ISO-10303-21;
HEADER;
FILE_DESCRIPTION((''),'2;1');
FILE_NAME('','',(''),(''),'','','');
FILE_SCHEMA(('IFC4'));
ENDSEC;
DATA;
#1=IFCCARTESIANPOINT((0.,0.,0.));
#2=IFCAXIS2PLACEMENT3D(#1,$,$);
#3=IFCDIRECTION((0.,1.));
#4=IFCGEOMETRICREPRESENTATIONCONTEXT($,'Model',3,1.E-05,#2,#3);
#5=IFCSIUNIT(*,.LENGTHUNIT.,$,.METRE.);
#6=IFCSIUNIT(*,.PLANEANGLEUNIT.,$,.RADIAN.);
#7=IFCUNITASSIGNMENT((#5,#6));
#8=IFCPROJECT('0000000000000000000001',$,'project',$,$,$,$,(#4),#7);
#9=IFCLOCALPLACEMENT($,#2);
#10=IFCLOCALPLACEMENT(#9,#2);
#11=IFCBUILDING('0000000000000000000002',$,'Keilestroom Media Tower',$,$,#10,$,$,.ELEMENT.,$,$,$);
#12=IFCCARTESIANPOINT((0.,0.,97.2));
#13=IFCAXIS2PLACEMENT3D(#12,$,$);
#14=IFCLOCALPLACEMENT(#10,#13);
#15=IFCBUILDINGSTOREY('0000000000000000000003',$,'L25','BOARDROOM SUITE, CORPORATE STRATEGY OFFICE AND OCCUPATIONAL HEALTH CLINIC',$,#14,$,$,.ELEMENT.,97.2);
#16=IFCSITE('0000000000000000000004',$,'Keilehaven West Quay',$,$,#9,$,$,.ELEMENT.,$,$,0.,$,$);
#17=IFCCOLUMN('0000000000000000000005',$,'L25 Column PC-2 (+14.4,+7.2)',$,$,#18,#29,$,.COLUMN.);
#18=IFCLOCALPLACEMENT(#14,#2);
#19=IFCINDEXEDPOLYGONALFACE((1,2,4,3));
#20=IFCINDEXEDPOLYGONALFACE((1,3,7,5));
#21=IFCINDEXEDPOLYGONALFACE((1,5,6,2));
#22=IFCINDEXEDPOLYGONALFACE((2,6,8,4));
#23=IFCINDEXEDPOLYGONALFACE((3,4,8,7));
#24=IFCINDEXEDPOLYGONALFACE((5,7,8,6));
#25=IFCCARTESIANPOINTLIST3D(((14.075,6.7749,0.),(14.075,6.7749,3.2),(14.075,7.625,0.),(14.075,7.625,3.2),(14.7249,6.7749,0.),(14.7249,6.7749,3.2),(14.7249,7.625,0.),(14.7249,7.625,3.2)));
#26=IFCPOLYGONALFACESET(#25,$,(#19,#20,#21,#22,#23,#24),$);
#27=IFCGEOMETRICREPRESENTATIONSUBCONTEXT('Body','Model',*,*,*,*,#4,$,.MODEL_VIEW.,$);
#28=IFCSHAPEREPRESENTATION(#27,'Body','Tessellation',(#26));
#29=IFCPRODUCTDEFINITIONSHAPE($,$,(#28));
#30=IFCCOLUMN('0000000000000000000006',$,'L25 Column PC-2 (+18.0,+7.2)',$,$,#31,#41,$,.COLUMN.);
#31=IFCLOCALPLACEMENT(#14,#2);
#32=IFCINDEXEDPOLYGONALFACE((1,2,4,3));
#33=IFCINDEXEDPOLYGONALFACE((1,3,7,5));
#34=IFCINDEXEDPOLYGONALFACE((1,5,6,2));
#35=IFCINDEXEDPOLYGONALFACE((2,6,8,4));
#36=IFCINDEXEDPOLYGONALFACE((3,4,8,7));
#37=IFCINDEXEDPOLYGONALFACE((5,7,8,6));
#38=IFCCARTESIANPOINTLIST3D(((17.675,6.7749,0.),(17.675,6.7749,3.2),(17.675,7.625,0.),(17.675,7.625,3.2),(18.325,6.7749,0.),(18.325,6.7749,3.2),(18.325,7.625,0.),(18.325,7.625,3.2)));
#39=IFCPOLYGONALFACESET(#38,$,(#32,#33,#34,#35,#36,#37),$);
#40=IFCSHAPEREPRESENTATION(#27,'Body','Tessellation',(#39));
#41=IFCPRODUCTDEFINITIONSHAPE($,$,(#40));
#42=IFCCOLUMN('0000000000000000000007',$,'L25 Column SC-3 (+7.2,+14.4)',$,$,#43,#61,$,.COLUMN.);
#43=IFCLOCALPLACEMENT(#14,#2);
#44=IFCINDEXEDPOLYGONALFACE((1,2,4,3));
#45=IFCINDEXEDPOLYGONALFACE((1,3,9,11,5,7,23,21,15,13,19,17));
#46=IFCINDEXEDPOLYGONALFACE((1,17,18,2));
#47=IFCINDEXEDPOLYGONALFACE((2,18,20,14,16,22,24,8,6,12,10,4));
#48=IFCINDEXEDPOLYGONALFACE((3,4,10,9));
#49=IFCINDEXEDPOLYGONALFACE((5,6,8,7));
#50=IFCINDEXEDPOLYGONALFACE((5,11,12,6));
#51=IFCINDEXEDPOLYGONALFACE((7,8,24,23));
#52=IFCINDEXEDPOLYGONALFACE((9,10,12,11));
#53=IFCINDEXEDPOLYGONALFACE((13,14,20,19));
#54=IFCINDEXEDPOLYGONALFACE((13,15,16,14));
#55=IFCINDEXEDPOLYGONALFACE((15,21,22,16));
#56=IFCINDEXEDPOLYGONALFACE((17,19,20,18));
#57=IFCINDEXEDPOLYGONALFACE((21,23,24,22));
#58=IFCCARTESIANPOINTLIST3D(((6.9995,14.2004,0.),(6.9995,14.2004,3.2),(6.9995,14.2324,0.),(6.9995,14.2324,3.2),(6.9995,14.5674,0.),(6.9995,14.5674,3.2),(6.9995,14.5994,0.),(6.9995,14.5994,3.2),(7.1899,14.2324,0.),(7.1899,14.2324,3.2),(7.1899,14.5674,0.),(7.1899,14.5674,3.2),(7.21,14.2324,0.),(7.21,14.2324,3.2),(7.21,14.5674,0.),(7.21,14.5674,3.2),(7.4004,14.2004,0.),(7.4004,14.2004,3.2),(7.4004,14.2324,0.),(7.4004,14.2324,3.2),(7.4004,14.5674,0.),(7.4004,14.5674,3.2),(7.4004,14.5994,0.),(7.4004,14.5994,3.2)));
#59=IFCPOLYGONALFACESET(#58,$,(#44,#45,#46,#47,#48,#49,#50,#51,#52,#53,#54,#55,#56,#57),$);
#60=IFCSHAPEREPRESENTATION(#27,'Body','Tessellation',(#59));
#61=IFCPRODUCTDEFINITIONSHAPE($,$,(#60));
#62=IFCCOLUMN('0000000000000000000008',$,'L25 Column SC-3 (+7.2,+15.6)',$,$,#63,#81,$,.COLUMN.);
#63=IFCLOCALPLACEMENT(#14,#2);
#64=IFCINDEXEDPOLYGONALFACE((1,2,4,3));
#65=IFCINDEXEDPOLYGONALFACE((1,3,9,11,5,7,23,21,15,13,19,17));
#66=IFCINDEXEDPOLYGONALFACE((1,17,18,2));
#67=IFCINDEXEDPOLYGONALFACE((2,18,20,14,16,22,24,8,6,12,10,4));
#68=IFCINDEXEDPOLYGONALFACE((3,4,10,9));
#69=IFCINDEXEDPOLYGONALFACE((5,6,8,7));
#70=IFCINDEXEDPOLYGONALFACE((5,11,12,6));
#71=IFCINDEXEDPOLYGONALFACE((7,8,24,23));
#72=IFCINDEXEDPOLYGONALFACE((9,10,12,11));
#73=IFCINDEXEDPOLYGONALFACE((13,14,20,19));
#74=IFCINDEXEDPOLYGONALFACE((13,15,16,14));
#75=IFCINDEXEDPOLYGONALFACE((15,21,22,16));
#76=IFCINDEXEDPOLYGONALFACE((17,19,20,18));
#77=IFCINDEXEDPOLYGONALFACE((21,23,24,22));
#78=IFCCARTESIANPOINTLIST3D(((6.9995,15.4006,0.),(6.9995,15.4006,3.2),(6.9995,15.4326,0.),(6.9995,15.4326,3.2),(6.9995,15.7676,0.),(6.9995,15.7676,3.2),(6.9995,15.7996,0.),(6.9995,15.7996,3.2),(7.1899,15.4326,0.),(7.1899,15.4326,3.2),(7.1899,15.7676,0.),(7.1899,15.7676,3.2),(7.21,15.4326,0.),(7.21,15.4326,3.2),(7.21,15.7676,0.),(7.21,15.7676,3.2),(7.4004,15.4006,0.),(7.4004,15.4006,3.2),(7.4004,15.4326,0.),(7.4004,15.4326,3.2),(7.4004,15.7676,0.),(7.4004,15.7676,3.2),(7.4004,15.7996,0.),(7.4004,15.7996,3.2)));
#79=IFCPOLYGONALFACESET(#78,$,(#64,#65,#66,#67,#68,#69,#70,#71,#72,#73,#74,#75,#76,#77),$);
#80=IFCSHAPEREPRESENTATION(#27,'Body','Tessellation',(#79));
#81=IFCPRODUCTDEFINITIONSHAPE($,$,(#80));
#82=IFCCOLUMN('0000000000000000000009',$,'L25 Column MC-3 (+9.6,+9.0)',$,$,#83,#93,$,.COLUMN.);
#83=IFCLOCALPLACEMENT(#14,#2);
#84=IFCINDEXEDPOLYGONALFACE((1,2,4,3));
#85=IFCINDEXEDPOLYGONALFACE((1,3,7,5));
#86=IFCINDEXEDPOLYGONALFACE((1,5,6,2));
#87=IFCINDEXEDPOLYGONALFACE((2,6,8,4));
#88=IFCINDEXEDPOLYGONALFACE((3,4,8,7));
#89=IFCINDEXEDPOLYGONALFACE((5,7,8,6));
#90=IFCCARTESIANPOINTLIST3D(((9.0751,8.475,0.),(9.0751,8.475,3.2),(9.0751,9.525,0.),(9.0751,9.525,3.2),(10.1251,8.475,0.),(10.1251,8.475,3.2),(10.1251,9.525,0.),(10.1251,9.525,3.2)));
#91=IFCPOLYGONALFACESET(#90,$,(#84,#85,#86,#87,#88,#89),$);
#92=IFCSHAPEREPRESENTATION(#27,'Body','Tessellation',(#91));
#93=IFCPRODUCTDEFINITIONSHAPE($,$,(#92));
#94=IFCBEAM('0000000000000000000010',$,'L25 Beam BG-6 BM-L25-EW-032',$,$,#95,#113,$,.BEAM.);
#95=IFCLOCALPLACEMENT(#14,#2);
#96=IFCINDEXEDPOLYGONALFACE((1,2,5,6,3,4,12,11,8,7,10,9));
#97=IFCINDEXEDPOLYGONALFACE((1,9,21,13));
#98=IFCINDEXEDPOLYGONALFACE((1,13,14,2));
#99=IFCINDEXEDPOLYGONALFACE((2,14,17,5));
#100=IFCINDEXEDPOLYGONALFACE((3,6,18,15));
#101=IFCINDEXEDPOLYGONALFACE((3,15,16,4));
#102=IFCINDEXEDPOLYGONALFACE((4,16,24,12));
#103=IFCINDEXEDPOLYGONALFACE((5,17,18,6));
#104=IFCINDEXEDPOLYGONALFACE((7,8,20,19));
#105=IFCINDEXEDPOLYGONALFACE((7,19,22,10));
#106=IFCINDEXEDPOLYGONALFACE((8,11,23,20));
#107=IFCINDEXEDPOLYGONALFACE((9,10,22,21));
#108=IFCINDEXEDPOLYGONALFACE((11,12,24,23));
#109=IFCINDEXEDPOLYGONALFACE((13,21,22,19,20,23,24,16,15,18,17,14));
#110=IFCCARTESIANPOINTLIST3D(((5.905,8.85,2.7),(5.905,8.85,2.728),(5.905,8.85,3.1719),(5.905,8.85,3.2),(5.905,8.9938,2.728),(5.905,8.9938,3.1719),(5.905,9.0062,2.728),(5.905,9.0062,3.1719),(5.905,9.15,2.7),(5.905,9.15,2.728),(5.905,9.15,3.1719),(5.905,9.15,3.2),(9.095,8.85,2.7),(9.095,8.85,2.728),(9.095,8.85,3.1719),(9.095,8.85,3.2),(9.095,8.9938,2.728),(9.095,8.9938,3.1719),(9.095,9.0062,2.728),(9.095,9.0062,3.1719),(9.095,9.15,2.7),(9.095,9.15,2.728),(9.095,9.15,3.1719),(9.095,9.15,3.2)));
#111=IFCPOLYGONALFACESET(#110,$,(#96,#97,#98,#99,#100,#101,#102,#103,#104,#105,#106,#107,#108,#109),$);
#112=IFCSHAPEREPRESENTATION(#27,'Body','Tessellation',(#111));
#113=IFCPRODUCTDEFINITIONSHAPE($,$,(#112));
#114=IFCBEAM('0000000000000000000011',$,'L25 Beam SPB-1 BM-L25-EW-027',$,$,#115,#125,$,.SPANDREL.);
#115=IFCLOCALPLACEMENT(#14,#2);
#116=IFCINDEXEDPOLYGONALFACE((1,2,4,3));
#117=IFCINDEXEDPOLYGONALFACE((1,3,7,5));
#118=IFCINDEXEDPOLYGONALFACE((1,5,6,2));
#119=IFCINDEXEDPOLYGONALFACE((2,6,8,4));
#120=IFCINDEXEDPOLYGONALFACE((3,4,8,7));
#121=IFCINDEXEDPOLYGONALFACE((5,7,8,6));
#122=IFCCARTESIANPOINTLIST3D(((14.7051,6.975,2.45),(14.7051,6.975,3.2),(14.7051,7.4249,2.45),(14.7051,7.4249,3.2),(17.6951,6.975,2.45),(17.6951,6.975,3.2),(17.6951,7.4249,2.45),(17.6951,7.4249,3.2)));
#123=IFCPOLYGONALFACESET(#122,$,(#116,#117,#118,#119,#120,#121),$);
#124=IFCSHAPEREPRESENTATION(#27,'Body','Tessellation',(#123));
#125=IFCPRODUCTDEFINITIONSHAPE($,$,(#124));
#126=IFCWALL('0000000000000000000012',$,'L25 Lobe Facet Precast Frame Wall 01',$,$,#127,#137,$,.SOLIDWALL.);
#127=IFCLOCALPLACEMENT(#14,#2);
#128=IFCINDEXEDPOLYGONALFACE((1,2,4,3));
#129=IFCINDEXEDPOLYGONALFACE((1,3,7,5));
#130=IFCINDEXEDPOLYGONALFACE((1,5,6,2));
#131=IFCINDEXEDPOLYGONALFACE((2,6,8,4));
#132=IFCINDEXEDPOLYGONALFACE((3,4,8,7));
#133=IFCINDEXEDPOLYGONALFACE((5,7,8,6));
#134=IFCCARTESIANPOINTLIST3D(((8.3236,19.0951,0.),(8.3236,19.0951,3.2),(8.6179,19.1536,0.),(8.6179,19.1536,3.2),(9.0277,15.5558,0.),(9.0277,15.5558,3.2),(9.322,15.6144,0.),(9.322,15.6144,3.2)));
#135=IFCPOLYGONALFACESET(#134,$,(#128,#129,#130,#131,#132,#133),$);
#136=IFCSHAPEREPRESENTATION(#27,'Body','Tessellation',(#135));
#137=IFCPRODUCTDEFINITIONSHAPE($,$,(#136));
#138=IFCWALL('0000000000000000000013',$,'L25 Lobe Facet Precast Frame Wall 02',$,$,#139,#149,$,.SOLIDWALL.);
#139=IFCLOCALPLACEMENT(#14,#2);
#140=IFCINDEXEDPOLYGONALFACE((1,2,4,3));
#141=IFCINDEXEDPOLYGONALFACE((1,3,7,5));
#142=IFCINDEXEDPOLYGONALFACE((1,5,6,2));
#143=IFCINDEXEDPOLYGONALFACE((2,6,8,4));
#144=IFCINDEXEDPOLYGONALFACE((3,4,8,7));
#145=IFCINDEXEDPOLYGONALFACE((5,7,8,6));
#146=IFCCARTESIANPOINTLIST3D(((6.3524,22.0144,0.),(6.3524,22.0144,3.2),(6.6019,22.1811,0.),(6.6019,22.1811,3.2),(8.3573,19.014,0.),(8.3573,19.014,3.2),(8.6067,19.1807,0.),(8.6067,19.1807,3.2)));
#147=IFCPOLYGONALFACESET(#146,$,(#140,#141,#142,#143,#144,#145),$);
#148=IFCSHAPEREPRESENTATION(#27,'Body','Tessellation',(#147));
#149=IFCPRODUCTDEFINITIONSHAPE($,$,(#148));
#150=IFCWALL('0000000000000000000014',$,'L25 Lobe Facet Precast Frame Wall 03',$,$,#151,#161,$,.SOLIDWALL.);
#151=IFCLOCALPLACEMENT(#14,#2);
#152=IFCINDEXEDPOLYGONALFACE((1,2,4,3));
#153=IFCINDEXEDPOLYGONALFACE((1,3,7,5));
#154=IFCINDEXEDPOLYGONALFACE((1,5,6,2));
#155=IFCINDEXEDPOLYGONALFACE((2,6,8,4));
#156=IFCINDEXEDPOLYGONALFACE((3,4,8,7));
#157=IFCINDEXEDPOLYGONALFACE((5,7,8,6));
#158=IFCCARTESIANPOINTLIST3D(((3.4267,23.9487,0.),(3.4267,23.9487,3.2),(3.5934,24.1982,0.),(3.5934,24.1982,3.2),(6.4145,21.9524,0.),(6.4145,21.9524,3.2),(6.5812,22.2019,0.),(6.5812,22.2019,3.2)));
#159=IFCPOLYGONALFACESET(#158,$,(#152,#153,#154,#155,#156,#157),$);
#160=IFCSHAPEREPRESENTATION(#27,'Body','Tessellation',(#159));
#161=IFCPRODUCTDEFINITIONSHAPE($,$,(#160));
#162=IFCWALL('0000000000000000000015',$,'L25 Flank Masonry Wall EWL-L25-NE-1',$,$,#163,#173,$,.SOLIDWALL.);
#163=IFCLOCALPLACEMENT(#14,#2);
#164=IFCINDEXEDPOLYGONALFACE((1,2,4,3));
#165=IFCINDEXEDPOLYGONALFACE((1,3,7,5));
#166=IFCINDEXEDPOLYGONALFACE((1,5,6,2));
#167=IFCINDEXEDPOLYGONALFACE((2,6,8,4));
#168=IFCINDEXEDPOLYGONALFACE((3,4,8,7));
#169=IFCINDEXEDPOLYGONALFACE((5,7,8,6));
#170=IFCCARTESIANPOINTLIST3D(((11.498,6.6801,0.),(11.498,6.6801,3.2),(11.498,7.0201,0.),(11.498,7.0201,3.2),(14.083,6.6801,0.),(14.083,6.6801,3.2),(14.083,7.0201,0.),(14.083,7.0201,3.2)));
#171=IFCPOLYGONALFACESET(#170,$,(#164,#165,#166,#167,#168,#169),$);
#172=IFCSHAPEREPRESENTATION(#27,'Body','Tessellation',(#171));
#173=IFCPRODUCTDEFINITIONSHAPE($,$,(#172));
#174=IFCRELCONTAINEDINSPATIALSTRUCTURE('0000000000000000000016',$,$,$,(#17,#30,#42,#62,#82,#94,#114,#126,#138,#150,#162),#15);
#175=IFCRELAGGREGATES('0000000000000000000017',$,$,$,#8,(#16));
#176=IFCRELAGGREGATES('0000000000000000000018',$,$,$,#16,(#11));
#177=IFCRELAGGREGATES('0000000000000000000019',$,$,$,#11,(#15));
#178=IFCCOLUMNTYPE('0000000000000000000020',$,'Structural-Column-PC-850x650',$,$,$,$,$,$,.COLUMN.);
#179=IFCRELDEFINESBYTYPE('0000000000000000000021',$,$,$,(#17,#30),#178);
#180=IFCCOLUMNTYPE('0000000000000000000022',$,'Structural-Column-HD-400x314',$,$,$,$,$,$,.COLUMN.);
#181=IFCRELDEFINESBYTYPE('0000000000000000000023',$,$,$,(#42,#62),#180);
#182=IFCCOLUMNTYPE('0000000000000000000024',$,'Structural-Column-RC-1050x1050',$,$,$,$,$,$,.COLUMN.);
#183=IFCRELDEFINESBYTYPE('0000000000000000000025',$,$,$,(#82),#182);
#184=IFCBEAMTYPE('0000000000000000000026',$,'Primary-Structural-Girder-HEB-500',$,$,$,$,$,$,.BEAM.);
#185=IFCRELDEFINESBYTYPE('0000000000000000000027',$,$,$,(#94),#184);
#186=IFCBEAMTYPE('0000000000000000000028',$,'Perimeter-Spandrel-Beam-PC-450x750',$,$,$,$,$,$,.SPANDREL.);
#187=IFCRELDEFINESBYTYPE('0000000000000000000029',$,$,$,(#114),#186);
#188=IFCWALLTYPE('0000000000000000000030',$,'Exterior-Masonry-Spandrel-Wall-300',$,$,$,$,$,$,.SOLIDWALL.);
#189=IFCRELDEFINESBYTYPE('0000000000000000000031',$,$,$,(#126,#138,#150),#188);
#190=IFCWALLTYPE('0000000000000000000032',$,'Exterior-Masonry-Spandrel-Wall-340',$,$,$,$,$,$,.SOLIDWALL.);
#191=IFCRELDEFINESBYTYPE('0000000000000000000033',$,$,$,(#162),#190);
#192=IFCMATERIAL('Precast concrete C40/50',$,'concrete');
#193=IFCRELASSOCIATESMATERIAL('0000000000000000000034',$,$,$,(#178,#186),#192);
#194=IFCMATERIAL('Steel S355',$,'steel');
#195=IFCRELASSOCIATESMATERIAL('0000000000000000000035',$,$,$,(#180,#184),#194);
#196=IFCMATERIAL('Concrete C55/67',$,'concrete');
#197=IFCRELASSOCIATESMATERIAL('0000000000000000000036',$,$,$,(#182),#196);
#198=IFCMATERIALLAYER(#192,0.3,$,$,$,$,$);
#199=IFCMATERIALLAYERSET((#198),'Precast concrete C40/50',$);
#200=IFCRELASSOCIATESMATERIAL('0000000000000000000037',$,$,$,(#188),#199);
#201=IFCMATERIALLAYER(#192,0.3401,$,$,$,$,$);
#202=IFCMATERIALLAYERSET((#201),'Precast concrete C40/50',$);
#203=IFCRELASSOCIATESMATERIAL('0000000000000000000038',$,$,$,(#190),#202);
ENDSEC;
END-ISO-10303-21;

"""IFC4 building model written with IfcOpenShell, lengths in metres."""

from ifc_helpers import new_model, si_unit, direction, frame, frame_2d, origin, origin_2d, place, context, subcontext, project, spatial, rectangle, i_section, extrude, source, transform, mapped, material, layer, layer_set, material_profile, profile_set, type_object, element, save


model = new_model("IFC4")

# Units and contexts
model_context = context("Model", 3, precision=1e-05, world=origin(), true_north=direction((0.0, 1.0)))
body_context = subcontext(model_context, "Body", "Model", "MODEL_VIEW")
ifc_project = project(units=[si_unit("LENGTHUNIT", "METRE"), si_unit("PLANEANGLEUNIT", "RADIAN")], contexts=[model_context])

# Site, building, storey
site_placement = place(None, origin())
site = spatial("IfcSite", under=ifc_project, at=site_placement, Name="Keilehaven West Quay", CompositionType="ELEMENT", RefElevation=0.0)
building_placement = place(site_placement, origin())
building = spatial("IfcBuilding", under=site, at=building_placement, Name="Keilestroom Media Tower", CompositionType="ELEMENT")
storey_placement = place(building_placement, frame((0.0, 0.0, 97.2)))
storey = spatial("IfcBuildingStorey", under=building, at=storey_placement, Name="L25", Description="BOARDROOM SUITE, CORPORATE STRATEGY OFFICE AND OCCUPATIONAL HEALTH CLINIC", CompositionType="ELEMENT", Elevation=97.2)

# Columns
ifc_material_1 = material(Name="Precast concrete C40/50", Category="concrete")
ifc_material_profile_1 = material_profile(ifc_material_1, rectangle(XDim=0.6499, YDim=0.8501, at=origin_2d()), Name="PC 850x650")
ifc_profile_set_1 = profile_set([ifc_material_profile_1], Name="Precast concrete C40/50")
column_type_1 = type_object("IfcColumnType", Name="Structural-Column-PC-850x650", PredefinedType="COLUMN", material=ifc_profile_set_1)
shared_shape_1 = source(origin(), body_context, "Body", "SweptSolid", [
    extrude(rectangle(XDim=0.6499, YDim=0.8501, at=origin_2d()), origin(), (0.0, 0.0, 1.0), 3.2),
])
for number, where, z_axis, x_axis, name in (
    (1, (14.3999, 7.2, 0.0), (0.0, 0.0, 1.0), (1.0, 0.0, 0.0), "L25 Column PC-2 (+14.4,+7.2)"),
    (2, (18.0, 7.2, 0.0), (0.0, 0.0, 1.0), (1.0, 0.0, 0.0), "L25 Column PC-2 (+18.0,+7.2)"),
):
    element("IfcColumn", number, at=place(storey_placement, frame(where, z_axis=z_axis, x_axis=x_axis)), inside=storey, type_object=column_type_1, Name=name, PredefinedType="COLUMN", context=body_context, shape_type="MappedRepresentation", body=[
        mapped(shared_shape_1, transform((0.0, 0.0, 0.0), x_axis=(1.0, 0.0, 0.0), y_axis=(0.0, 1.0, 0.0), z_axis=(0.0, 0.0, 1.0), scale=1.0)),
    ])
ifc_material_2 = material(Name="Steel S355", Category="steel")
ifc_material_profile_2 = material_profile(ifc_material_2, i_section(OverallWidth=0.4009, OverallDepth=0.3989, WebThickness=0.02, FlangeThickness=0.032, at=origin_2d()), Name="HD 400x314")
ifc_profile_set_2 = profile_set([ifc_material_profile_2], Name="Steel S355")
column_type_2 = type_object("IfcColumnType", Name="Structural-Column-HD-400x314", PredefinedType="COLUMN", material=ifc_profile_set_2)
shared_shape_2 = source(origin(), body_context, "Body", "SweptSolid", [
    extrude(i_section(OverallWidth=0.4009, OverallDepth=0.3989, WebThickness=0.02, FlangeThickness=0.032, at=origin_2d()), origin(), (0.0, 0.0, 1.0), 3.2),
])
for number, where, z_axis, x_axis, name in (
    (3, (7.2, 14.3999, 0.0), (0.0, 0.0, 1.0), (1.0, 0.0, 0.0), "L25 Column SC-3 (+7.2,+14.4)"),
    (4, (7.2, 15.6001, 0.0), (0.0, 0.0, 1.0), (1.0, 0.0, 0.0), "L25 Column SC-3 (+7.2,+15.6)"),
):
    element("IfcColumn", number, at=place(storey_placement, frame(where, z_axis=z_axis, x_axis=x_axis)), inside=storey, type_object=column_type_2, Name=name, PredefinedType="COLUMN", context=body_context, shape_type="MappedRepresentation", body=[
        mapped(shared_shape_2, transform((0.0, 0.0, 0.0), x_axis=(1.0, 0.0, 0.0), y_axis=(0.0, 1.0, 0.0), z_axis=(0.0, 0.0, 1.0), scale=1.0)),
    ])
ifc_material_3 = material(Name="Concrete C55/67", Category="concrete")
ifc_material_profile_3 = material_profile(ifc_material_3, rectangle(XDim=1.05, YDim=1.05, at=origin_2d()), Name="RC 1050x1050")
ifc_profile_set_3 = profile_set([ifc_material_profile_3], Name="Concrete C55/67")
column_type_3 = type_object("IfcColumnType", Name="Structural-Column-RC-1050x1050", PredefinedType="COLUMN", material=ifc_profile_set_3)
shared_shape_3 = source(origin(), body_context, "Body", "SweptSolid", [
    extrude(rectangle(XDim=1.05, YDim=1.05, at=origin_2d()), origin(), (0.0, 0.0, 1.0), 3.2),
])
column_placement = place(storey_placement, frame((9.6001, 9.0, 0.0), z_axis=(0.0, 0.0, 1.0), x_axis=(1.0, 0.0, 0.0)))
element("IfcColumn", 5, at=column_placement, inside=storey, type_object=column_type_3, Name="L25 Column MC-3 (+9.6,+9.0)", PredefinedType="COLUMN", context=body_context, shape_type="MappedRepresentation", body=[
    mapped(shared_shape_3, transform((0.0, 0.0, 0.0), x_axis=(1.0, 0.0, 0.0), y_axis=(0.0, 1.0, 0.0), z_axis=(0.0, 0.0, 1.0), scale=1.0)),
])

# Beams
ifc_material_profile_4 = material_profile(ifc_material_2, i_section(OverallWidth=0.3, OverallDepth=0.5, WebThickness=0.0125, FlangeThickness=0.0281, at=origin_2d()), Name="HEB 500")
ifc_profile_set_4 = profile_set([ifc_material_profile_4], Name="Steel S355")
beam_type_1 = type_object("IfcBeamType", Name="Primary-Structural-Girder-HEB-500", PredefinedType="BEAM", material=ifc_profile_set_4)
shared_shape_4 = source(origin(), body_context, "Body", "SweptSolid", [
    extrude(i_section(OverallWidth=0.3, OverallDepth=0.5, WebThickness=0.0125, FlangeThickness=0.0281, at=origin_2d()), origin(), (0.0, 0.0, 1.0), 3.1899),
])
beam_1_placement = place(storey_placement, frame((5.905, 9.0, 2.95), z_axis=(1.0, 0.0, 0.0), x_axis=(0.0, 1.0, 0.0)))
element("IfcBeam", 6, at=beam_1_placement, inside=storey, type_object=beam_type_1, Name="L25 Beam BG-6 BM-L25-EW-032", PredefinedType="BEAM", context=body_context, shape_type="MappedRepresentation", body=[
    mapped(shared_shape_4, transform((0.0, 0.0, 0.0), x_axis=(1.0, 0.0, 0.0), y_axis=(0.0, 1.0, 0.0), z_axis=(0.0, 0.0, 1.0), scale=1.0)),
])
ifc_material_profile_5 = material_profile(ifc_material_1, rectangle(XDim=0.45, YDim=0.75, at=origin_2d()), Name="PC 450x750")
ifc_profile_set_5 = profile_set([ifc_material_profile_5], Name="Precast concrete C40/50")
beam_type_2 = type_object("IfcBeamType", Name="Perimeter-Spandrel-Beam-PC-450x750", PredefinedType="SPANDREL", material=ifc_profile_set_5)
shared_shape_5 = source(origin(), body_context, "Body", "SweptSolid", [
    extrude(rectangle(XDim=0.45, YDim=0.75, at=origin_2d()), origin(), (0.0, 0.0, 1.0), 2.99),
])
beam_2_placement = place(storey_placement, frame((14.7051, 7.2, 2.825), z_axis=(1.0, 0.0, 0.0), x_axis=(0.0, 1.0, 0.0)))
element("IfcBeam", 7, at=beam_2_placement, inside=storey, type_object=beam_type_2, Name="L25 Beam SPB-1 BM-L25-EW-027", PredefinedType="SPANDREL", context=body_context, shape_type="MappedRepresentation", body=[
    mapped(shared_shape_5, transform((0.0, 0.0, 0.0), x_axis=(1.0, 0.0, 0.0), y_axis=(0.0, 1.0, 0.0), z_axis=(0.0, 0.0, 1.0), scale=1.0)),
])

# Walls
ifc_layer_1 = layer(ifc_material_1, 0.3)
ifc_layer_set_1 = layer_set([ifc_layer_1], Name="Precast concrete C40/50")
wall_type_1 = type_object("IfcWallType", Name="Exterior-Masonry-Spandrel-Wall-300", PredefinedType="SOLIDWALL", material=ifc_layer_set_1)
for number, where, z_axis, x_axis, name in (
    (8, (9.1748, 15.5852, 0.0), (0.0, 0.0, 1.0), (-0.195114, 0.980781, 0.0), "L25 Lobe Facet Precast Frame Wall 01"),
    (9, (8.4819, 19.0974, 0.0), (0.0, 0.0, 1.0), (-0.555574, 0.831467, 0.0), "L25 Lobe Facet Precast Frame Wall 02"),
):
    element("IfcWall", number, at=place(storey_placement, frame(where, z_axis=z_axis, x_axis=x_axis)), inside=storey, type_object=wall_type_1, Name=name, PredefinedType="SOLIDWALL", context=body_context, shape_type="SweptSolid", body=[
        extrude(rectangle(XDim=3.6086, YDim=0.3, at=frame_2d((1.8042, 0.0))), origin(), (0.0, 0.0, 1.0), 3.2),
    ])
wall_1_placement = place(storey_placement, frame((6.4978, 22.0771, 0.0), z_axis=(0.0, 0.0, 1.0), x_axis=(-0.831475, 0.555562, 0.0)))
element("IfcWall", 10, at=wall_1_placement, inside=storey, type_object=wall_type_1, Name="L25 Lobe Facet Precast Frame Wall 03", PredefinedType="SOLIDWALL", context=body_context, shape_type="SweptSolid", body=[
    extrude(rectangle(XDim=3.5933, YDim=0.3, at=frame_2d((1.7966, 0.0))), origin(), (0.0, 0.0, 1.0), 3.2),
])
ifc_layer_2 = layer(ifc_material_1, 0.3401)
ifc_layer_set_2 = layer_set([ifc_layer_2], Name="Precast concrete C40/50")
wall_type_2 = type_object("IfcWallType", Name="Exterior-Masonry-Spandrel-Wall-340", PredefinedType="SOLIDWALL", material=ifc_layer_set_2)
wall_2_placement = place(storey_placement, frame((11.498, 6.8501, 0.0), z_axis=(0.0, 0.0, 1.0), x_axis=(1.0, 0.0, 0.0)))
element("IfcWall", 11, at=wall_2_placement, inside=storey, type_object=wall_type_2, Name="L25 Flank Masonry Wall EWL-L25-NE-1", PredefinedType="SOLIDWALL", context=body_context, shape_type="SweptSolid", body=[
    extrude(rectangle(XDim=2.585, YDim=0.3401, at=frame_2d((1.2925, 0.0))), origin(), (0.0, 0.0, 1.0), 3.2),
])

save(model, "model.ifc")
